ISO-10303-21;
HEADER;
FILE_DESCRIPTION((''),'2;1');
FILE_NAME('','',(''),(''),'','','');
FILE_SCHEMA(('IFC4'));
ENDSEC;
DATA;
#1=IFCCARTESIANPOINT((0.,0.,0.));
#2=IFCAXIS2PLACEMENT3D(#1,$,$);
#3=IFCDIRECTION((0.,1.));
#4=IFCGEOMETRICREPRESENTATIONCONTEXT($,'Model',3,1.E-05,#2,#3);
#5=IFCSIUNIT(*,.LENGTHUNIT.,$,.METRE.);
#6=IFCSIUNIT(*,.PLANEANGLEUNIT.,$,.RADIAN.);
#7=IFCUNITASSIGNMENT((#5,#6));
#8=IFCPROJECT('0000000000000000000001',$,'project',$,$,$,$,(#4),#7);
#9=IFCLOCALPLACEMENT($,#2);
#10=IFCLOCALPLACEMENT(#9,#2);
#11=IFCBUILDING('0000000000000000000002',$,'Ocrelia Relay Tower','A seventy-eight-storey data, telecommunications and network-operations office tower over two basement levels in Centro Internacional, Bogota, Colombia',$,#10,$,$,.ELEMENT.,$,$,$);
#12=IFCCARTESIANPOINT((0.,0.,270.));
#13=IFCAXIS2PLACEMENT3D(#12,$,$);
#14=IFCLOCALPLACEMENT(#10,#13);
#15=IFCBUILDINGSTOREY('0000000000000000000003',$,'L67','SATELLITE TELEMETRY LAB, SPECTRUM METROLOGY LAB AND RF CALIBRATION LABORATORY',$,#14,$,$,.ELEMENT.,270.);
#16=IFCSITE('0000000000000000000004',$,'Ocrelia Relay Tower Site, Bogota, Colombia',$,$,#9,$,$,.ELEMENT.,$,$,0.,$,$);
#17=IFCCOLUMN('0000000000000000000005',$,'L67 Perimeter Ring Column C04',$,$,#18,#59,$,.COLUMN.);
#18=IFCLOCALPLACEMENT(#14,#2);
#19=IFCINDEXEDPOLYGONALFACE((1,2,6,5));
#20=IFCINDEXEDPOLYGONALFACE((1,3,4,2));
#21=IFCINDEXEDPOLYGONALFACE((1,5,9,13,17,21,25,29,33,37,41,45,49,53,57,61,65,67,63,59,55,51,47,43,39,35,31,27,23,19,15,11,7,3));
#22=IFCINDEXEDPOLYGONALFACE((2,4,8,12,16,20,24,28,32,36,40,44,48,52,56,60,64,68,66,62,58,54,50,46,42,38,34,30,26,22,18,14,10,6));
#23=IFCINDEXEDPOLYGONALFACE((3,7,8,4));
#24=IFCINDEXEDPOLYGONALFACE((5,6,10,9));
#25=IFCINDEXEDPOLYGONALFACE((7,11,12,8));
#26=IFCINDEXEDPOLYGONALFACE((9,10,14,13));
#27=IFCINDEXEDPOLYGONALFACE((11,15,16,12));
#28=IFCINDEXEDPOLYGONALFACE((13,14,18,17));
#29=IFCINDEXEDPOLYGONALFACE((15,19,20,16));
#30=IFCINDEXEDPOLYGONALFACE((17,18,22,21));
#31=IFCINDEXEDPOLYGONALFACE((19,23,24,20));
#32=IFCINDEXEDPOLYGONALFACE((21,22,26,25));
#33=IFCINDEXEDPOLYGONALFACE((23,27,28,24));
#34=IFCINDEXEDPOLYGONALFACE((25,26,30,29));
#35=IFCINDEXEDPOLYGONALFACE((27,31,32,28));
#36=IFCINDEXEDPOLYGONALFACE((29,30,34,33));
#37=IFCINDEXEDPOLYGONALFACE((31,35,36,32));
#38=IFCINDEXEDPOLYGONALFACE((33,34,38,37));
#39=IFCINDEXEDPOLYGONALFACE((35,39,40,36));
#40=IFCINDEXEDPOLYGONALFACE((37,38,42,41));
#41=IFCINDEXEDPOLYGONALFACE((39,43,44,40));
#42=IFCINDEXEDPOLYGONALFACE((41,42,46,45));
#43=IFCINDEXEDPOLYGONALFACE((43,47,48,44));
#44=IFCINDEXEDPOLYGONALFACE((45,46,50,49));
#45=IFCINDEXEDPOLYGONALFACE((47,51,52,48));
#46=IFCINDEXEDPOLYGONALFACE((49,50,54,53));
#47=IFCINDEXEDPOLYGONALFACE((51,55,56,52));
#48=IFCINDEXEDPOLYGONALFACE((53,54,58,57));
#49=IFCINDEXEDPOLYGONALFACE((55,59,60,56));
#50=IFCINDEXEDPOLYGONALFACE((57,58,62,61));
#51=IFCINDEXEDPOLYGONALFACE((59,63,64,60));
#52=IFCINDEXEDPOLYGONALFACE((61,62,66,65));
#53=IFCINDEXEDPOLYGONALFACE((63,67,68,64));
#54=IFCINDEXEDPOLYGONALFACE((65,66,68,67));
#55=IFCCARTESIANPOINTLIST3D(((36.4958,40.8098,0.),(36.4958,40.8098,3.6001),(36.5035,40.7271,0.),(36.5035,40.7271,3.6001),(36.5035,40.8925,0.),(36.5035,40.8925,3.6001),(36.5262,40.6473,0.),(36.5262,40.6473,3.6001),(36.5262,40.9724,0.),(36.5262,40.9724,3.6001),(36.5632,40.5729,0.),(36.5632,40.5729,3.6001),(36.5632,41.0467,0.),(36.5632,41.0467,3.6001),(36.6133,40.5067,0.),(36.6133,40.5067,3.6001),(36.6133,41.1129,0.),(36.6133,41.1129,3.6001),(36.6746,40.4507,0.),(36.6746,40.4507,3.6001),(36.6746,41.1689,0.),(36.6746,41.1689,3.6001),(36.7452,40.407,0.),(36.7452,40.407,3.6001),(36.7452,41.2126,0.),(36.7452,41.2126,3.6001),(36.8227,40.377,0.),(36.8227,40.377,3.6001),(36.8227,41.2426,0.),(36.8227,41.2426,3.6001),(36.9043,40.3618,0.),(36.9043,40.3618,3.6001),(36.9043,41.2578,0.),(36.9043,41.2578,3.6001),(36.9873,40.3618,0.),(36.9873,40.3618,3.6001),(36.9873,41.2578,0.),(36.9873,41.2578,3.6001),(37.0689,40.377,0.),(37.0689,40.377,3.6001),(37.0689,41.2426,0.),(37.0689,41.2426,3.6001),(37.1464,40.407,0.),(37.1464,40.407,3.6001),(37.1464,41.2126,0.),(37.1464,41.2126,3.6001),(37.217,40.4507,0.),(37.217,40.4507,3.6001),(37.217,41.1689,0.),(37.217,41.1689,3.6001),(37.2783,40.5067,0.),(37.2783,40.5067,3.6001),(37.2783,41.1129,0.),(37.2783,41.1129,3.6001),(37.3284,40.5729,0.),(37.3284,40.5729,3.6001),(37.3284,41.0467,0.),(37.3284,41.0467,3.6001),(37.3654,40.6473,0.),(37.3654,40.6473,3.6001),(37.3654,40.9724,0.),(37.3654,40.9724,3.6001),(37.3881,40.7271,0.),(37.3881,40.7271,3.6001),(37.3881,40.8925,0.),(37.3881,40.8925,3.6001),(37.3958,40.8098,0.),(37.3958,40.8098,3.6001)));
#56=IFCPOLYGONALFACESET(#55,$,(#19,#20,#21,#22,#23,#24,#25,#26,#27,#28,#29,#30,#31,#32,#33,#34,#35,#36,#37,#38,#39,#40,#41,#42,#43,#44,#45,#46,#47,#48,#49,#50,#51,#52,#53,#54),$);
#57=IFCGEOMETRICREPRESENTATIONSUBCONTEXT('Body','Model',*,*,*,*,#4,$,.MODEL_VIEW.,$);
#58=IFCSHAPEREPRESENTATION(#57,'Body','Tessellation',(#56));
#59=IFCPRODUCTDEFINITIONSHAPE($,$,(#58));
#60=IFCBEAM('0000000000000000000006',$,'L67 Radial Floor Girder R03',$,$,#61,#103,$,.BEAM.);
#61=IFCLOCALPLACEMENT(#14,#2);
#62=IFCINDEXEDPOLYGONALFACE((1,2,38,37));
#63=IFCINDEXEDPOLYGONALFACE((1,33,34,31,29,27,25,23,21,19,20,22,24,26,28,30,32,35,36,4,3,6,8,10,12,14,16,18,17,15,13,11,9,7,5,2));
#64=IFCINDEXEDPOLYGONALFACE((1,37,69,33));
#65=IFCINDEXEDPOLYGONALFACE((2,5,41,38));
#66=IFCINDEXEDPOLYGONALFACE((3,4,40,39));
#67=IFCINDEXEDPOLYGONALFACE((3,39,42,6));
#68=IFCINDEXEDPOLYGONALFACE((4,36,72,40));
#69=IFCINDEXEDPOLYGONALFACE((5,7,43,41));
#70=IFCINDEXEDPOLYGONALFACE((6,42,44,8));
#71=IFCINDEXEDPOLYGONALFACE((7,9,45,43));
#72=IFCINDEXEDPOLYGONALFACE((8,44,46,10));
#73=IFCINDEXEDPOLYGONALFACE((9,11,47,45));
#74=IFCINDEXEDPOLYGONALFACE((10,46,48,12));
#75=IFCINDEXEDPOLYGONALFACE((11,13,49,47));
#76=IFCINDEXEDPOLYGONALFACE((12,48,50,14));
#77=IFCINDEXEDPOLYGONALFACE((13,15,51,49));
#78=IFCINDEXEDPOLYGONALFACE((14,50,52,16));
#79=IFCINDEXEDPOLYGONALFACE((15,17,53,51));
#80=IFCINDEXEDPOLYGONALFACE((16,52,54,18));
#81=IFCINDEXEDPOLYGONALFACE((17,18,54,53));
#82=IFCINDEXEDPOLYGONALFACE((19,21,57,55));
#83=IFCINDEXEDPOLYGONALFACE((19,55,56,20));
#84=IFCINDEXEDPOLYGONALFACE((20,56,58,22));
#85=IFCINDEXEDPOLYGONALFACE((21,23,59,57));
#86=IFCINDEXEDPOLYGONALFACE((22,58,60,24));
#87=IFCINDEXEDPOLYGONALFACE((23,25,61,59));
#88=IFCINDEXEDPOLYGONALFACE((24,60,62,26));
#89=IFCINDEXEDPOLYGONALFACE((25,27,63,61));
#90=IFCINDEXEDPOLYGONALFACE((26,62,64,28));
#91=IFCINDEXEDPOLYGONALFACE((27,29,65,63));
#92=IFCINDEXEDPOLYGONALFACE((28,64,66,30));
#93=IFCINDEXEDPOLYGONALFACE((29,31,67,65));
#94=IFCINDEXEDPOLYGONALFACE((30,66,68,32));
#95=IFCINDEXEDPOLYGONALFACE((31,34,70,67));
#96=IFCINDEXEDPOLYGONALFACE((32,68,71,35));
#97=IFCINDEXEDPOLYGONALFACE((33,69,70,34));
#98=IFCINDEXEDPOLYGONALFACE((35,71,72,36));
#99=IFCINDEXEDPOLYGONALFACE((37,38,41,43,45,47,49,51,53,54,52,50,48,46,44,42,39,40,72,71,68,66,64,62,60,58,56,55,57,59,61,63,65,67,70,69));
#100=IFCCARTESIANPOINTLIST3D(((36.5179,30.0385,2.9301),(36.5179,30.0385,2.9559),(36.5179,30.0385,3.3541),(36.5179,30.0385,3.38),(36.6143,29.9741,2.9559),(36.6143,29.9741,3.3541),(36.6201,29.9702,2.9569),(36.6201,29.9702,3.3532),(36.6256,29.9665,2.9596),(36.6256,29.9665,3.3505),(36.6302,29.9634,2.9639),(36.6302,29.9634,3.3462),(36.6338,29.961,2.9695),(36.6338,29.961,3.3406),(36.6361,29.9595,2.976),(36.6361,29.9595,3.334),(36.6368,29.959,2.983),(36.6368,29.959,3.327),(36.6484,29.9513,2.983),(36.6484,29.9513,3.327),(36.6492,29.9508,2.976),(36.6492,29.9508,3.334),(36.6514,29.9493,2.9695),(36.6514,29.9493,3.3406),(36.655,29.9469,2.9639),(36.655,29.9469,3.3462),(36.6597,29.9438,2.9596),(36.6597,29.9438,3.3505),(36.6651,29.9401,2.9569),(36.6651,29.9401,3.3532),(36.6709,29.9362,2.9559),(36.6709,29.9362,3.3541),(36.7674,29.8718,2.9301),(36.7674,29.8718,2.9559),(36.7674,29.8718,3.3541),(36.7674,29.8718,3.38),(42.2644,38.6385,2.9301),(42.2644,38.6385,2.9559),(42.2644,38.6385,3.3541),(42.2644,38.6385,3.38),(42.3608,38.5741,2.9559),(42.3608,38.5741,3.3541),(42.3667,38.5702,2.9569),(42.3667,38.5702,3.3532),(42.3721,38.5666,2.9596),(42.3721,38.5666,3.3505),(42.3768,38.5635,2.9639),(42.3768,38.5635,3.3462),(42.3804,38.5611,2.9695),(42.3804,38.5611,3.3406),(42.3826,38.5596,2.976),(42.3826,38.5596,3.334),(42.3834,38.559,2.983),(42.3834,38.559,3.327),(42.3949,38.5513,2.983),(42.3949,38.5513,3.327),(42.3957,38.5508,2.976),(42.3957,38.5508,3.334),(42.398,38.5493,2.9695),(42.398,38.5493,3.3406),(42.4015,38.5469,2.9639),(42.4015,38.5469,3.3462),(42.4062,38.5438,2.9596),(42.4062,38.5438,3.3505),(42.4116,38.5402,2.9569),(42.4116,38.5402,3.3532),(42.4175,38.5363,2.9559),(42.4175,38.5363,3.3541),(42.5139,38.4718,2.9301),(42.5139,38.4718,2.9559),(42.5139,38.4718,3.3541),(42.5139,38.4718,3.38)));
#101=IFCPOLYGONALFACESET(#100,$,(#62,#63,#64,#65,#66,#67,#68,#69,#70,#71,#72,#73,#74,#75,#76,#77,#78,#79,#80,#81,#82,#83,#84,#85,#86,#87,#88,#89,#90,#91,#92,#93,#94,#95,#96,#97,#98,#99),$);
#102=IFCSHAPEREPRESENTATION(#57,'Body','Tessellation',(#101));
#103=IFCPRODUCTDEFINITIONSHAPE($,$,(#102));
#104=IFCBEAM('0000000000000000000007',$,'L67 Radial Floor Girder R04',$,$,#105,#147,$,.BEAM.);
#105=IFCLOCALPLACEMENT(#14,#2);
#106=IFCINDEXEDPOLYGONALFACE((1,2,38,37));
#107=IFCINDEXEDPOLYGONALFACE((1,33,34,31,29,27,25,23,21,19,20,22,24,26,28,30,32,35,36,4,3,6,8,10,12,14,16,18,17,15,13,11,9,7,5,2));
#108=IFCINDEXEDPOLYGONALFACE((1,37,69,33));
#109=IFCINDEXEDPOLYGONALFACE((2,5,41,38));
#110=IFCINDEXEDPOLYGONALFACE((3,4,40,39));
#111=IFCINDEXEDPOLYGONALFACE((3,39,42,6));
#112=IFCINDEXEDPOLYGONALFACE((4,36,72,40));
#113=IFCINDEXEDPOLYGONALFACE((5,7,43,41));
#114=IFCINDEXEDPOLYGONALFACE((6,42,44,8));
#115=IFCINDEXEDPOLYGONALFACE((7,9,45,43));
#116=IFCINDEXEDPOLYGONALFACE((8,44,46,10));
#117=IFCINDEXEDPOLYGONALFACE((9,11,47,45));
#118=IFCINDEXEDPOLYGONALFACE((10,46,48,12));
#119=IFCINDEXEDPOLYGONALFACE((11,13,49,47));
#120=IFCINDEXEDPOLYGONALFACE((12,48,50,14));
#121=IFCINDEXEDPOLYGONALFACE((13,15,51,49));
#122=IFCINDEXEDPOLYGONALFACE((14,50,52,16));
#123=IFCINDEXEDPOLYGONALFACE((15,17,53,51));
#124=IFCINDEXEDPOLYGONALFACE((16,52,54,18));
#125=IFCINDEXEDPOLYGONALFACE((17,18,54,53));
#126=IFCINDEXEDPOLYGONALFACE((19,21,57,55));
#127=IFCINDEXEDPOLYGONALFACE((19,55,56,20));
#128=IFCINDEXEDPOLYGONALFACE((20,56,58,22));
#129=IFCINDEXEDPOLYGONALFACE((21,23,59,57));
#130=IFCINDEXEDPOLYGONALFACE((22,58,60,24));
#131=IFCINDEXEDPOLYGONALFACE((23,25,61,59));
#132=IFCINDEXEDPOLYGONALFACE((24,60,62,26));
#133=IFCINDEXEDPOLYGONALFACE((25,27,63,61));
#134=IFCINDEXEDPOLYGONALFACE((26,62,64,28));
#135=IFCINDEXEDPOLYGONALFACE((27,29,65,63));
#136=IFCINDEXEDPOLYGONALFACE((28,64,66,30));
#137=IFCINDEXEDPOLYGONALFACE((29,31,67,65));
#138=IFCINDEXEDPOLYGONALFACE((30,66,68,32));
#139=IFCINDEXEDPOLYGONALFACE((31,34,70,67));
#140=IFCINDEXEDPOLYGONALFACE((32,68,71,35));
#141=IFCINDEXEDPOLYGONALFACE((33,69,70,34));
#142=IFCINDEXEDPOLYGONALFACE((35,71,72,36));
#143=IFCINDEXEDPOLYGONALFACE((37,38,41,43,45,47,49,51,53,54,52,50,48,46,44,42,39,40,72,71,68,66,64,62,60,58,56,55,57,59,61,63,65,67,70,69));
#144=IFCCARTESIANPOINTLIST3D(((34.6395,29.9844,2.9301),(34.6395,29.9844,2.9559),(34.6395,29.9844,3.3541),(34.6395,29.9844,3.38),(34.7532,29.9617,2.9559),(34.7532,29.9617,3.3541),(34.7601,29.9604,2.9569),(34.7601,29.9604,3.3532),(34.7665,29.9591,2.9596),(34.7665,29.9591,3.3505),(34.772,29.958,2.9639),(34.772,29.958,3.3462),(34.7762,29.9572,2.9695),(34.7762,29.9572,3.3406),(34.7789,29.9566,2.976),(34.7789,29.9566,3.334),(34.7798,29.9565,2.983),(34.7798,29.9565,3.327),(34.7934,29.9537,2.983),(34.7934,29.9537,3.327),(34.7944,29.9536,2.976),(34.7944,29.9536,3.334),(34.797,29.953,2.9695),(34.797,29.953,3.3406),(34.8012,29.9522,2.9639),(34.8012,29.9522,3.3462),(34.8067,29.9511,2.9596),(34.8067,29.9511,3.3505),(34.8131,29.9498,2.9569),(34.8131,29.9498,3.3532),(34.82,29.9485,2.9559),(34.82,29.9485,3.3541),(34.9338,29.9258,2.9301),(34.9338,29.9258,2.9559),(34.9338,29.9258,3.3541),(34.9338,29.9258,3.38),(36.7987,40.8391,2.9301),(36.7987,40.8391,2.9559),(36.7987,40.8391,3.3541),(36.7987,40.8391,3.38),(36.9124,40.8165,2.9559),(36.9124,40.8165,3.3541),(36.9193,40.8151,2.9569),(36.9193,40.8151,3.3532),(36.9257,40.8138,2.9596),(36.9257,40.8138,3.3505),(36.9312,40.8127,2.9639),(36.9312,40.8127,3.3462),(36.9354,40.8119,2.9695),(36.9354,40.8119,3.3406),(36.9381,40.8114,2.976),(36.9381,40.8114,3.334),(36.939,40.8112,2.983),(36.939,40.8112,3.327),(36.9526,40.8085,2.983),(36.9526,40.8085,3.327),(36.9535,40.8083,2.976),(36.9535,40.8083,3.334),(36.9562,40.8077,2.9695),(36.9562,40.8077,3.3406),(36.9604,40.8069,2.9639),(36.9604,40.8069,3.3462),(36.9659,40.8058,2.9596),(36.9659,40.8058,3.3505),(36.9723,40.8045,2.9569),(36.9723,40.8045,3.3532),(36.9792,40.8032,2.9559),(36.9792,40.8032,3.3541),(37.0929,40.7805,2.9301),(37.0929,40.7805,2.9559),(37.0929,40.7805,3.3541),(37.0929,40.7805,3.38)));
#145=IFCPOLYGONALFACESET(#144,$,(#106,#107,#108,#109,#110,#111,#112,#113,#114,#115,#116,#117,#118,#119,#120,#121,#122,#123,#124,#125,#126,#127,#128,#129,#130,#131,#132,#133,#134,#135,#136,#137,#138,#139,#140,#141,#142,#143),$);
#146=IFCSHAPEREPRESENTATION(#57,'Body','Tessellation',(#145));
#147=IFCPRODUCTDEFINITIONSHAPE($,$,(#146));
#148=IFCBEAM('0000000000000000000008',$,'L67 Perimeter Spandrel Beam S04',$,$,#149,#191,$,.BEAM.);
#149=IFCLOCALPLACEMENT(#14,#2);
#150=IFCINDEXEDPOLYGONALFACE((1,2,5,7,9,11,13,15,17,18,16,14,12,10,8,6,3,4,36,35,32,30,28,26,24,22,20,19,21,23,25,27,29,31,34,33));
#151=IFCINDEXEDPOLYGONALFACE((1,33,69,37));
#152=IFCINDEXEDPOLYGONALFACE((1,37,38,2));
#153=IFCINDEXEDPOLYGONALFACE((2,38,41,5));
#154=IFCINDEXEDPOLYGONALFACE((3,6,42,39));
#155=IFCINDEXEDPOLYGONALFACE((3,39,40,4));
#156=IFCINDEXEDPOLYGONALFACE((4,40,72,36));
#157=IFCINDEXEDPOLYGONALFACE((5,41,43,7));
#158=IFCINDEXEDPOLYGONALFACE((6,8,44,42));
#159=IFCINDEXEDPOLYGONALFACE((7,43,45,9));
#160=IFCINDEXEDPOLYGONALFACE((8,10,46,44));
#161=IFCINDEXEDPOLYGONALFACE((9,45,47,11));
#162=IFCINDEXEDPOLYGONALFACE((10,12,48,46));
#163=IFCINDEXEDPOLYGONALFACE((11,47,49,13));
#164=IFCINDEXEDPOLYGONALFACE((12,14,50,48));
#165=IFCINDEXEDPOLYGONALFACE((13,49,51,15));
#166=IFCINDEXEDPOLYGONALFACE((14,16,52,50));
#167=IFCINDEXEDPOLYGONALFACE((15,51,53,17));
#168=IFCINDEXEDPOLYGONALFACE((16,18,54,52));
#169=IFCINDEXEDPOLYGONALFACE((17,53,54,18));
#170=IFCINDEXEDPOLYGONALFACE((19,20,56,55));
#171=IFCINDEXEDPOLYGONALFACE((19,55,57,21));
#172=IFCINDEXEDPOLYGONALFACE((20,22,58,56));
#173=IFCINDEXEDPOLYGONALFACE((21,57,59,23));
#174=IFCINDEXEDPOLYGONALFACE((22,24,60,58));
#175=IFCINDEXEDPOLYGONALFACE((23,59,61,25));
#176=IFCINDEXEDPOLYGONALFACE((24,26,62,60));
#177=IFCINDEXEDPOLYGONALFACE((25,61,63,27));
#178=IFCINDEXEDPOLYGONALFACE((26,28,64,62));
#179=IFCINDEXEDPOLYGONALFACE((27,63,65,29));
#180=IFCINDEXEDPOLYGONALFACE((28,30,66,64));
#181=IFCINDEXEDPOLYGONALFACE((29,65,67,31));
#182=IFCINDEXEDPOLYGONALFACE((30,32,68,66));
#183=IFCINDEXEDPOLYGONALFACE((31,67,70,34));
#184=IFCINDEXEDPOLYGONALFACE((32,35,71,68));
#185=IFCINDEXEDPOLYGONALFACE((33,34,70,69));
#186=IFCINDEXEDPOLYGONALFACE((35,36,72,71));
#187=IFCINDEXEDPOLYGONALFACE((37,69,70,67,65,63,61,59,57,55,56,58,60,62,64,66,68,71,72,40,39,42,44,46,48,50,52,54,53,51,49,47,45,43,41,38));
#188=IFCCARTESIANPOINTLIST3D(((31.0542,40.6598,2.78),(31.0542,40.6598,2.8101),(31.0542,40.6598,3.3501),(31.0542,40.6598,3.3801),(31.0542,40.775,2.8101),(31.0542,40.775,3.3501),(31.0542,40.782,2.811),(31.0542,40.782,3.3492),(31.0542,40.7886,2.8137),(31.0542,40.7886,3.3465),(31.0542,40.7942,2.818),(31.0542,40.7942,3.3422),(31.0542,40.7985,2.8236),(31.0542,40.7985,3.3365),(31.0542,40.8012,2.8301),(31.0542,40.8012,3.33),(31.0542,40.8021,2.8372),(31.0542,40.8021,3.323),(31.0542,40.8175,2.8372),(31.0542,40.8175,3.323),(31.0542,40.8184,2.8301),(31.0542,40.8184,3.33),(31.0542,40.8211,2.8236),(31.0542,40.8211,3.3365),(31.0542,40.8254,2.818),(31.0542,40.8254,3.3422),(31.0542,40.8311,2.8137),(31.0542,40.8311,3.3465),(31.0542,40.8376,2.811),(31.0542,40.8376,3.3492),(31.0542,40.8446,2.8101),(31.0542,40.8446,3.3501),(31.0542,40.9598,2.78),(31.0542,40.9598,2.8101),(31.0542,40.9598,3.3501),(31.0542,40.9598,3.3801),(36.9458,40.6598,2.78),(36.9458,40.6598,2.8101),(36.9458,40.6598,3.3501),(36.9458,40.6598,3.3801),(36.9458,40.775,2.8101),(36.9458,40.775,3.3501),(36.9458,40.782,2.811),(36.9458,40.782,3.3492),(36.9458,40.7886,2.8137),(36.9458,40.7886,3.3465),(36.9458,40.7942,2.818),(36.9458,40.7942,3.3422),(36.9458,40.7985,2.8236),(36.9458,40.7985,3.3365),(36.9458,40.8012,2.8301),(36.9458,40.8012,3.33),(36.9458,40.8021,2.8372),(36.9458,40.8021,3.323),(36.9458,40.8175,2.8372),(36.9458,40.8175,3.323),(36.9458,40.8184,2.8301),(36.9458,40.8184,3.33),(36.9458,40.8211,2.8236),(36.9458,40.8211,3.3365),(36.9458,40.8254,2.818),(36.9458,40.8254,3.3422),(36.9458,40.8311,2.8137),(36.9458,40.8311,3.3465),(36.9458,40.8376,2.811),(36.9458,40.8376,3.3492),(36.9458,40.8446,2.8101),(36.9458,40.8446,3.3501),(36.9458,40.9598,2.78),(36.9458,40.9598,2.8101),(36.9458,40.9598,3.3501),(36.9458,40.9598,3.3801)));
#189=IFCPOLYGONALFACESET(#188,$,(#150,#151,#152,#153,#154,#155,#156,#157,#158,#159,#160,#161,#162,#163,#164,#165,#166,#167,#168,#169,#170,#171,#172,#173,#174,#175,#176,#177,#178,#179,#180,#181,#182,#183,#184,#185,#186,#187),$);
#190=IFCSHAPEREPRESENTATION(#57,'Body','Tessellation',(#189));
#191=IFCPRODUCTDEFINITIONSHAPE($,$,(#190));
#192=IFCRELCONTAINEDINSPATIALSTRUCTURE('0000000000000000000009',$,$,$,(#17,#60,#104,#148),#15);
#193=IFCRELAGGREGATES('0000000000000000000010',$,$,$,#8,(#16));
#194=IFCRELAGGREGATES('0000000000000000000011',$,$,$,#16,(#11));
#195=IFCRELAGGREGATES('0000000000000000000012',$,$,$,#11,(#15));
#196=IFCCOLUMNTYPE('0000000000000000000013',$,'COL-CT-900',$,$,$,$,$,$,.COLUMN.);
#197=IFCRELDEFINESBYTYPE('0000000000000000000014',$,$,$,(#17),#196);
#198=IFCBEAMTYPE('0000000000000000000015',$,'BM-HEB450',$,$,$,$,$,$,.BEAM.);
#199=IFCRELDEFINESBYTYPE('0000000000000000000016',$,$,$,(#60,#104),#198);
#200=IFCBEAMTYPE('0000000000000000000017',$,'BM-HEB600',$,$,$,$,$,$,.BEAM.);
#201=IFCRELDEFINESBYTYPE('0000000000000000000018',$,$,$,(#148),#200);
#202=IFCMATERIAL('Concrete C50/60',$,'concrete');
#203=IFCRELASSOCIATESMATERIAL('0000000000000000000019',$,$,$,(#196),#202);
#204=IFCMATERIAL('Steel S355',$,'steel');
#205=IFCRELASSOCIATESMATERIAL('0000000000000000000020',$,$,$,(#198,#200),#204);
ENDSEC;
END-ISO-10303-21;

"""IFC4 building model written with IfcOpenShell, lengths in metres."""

from ifc_helpers import new_model, si_unit, direction, frame, origin, origin_2d, place, context, subcontext, project, spatial, circle, i_section, extrude, material, material_profile, profile_set, type_object, element, save


model = new_model("IFC4")

# Units and contexts
model_context = context("Model", 3, precision=1e-05, world=origin(), true_north=direction((0.0, 1.0)))
body_context = subcontext(model_context, "Body", "Model", "MODEL_VIEW")
ifc_project = project(units=[si_unit("LENGTHUNIT", "METRE"), si_unit("PLANEANGLEUNIT", "RADIAN")], contexts=[model_context])

# Site, building, storey
site_placement = place(None, origin())
site = spatial("IfcSite", under=ifc_project, at=site_placement, Name="Ocrelia Relay Tower Site, Bogota, Colombia", CompositionType="ELEMENT", RefElevation=0.0)
building_placement = place(site_placement, origin())
building = spatial("IfcBuilding", under=site, at=building_placement, Name="Ocrelia Relay Tower", Description="A seventy-eight-storey data, telecommunications and network-operations office tower over two basement levels in Centro Internacional, Bogota, Colombia", CompositionType="ELEMENT")
storey_placement = place(building_placement, frame((0.0, 0.0, 270.0)))
storey = spatial("IfcBuildingStorey", under=building, at=storey_placement, Name="L67", Description="SATELLITE TELEMETRY LAB, SPECTRUM METROLOGY LAB AND RF CALIBRATION LABORATORY", CompositionType="ELEMENT", Elevation=270.0)

# Column
ifc_material_1 = material(Name="Concrete C50/60", Category="concrete")
ifc_material_profile_1 = material_profile(ifc_material_1, circle(Radius=0.45, at=origin_2d()), Name="RC-CIR-900")
ifc_profile_set_1 = profile_set([ifc_material_profile_1], Name="Concrete C50/60")
column_type = type_object("IfcColumnType", Name="COL-CT-900", PredefinedType="COLUMN", material=ifc_profile_set_1)
column_placement = place(storey_placement, frame((36.9458, 40.8098, 0.0), z_axis=(0.0, 0.0, 1.0), x_axis=(1.0, 0.0, 0.0)))
element("IfcColumn", 1, at=column_placement, inside=storey, type_object=column_type, Name="L67 Perimeter Ring Column C04", PredefinedType="COLUMN", context=body_context, shape_type="SweptSolid", body=[
    extrude(circle(Radius=0.45, at=origin_2d()), origin(), (0.0, 0.0, 1.0), 3.6001),
])

# Beams
ifc_material_2 = material(Name="Steel S355", Category="steel")
ifc_material_profile_2 = material_profile(ifc_material_2, i_section(OverallWidth=0.3, OverallDepth=0.45, WebThickness=0.0139, FlangeThickness=0.0259, FilletRadius=0.0271, at=origin_2d()), Name="HEB 450")
ifc_profile_set_2 = profile_set([ifc_material_profile_2], Name="Steel S355")
beam_type_1 = type_object("IfcBeamType", Name="BM-HEB450", PredefinedType="BEAM", material=ifc_profile_set_2)
beam_1_placement = place(storey_placement, frame((42.3892, 38.5552, 3.155), z_axis=(-0.555582, -0.831462, 0.0), x_axis=(0.831462, -0.555582, 0.0)))
element("IfcBeam", 2, at=beam_1_placement, inside=storey, type_object=beam_type_1, Name="L67 Radial Floor Girder R03", PredefinedType="BEAM", context=body_context, shape_type="SweptSolid", body=[
    extrude(i_section(OverallWidth=0.3, OverallDepth=0.45, WebThickness=0.0139, FlangeThickness=0.0259, FilletRadius=0.0271, at=origin_2d()), origin(), (0.0, 0.0, 1.0), 10.3433),
])
beam_2_placement = place(storey_placement, frame((36.9458, 40.8098, 3.155), z_axis=(-0.195094, -0.980785, 0.0), x_axis=(0.980785, -0.195094, 0.0)))
element("IfcBeam", 3, at=beam_2_placement, inside=storey, type_object=beam_type_1, Name="L67 Radial Floor Girder R04", PredefinedType="BEAM", context=body_context, shape_type="SweptSolid", body=[
    extrude(i_section(OverallWidth=0.3, OverallDepth=0.45, WebThickness=0.0139, FlangeThickness=0.0259, FilletRadius=0.0271, at=origin_2d()), origin(), (0.0, 0.0, 1.0), 11.0674),
])
ifc_material_profile_3 = material_profile(ifc_material_2, i_section(OverallWidth=0.3, OverallDepth=0.6001, WebThickness=0.0154, FlangeThickness=0.03, FilletRadius=0.0271, at=origin_2d()), Name="HEB 600")
ifc_profile_set_3 = profile_set([ifc_material_profile_3], Name="Steel S355")
beam_type_2 = type_object("IfcBeamType", Name="BM-HEB600", PredefinedType="BEAM", material=ifc_profile_set_3)
beam_3_placement = place(storey_placement, frame((36.9458, 40.8098, 3.0801), z_axis=(-1.0, 0.0, 0.0), x_axis=(0.0, -1.0, 0.0)))
element("IfcBeam", 4, at=beam_3_placement, inside=storey, type_object=beam_type_2, Name="L67 Perimeter Spandrel Beam S04", PredefinedType="BEAM", context=body_context, shape_type="SweptSolid", body=[
    extrude(i_section(OverallWidth=0.3, OverallDepth=0.6001, WebThickness=0.0154, FlangeThickness=0.03, FilletRadius=0.0271, at=origin_2d()), origin(), (0.0, 0.0, 1.0), 5.8916),
])

save(model, "model.ifc")
